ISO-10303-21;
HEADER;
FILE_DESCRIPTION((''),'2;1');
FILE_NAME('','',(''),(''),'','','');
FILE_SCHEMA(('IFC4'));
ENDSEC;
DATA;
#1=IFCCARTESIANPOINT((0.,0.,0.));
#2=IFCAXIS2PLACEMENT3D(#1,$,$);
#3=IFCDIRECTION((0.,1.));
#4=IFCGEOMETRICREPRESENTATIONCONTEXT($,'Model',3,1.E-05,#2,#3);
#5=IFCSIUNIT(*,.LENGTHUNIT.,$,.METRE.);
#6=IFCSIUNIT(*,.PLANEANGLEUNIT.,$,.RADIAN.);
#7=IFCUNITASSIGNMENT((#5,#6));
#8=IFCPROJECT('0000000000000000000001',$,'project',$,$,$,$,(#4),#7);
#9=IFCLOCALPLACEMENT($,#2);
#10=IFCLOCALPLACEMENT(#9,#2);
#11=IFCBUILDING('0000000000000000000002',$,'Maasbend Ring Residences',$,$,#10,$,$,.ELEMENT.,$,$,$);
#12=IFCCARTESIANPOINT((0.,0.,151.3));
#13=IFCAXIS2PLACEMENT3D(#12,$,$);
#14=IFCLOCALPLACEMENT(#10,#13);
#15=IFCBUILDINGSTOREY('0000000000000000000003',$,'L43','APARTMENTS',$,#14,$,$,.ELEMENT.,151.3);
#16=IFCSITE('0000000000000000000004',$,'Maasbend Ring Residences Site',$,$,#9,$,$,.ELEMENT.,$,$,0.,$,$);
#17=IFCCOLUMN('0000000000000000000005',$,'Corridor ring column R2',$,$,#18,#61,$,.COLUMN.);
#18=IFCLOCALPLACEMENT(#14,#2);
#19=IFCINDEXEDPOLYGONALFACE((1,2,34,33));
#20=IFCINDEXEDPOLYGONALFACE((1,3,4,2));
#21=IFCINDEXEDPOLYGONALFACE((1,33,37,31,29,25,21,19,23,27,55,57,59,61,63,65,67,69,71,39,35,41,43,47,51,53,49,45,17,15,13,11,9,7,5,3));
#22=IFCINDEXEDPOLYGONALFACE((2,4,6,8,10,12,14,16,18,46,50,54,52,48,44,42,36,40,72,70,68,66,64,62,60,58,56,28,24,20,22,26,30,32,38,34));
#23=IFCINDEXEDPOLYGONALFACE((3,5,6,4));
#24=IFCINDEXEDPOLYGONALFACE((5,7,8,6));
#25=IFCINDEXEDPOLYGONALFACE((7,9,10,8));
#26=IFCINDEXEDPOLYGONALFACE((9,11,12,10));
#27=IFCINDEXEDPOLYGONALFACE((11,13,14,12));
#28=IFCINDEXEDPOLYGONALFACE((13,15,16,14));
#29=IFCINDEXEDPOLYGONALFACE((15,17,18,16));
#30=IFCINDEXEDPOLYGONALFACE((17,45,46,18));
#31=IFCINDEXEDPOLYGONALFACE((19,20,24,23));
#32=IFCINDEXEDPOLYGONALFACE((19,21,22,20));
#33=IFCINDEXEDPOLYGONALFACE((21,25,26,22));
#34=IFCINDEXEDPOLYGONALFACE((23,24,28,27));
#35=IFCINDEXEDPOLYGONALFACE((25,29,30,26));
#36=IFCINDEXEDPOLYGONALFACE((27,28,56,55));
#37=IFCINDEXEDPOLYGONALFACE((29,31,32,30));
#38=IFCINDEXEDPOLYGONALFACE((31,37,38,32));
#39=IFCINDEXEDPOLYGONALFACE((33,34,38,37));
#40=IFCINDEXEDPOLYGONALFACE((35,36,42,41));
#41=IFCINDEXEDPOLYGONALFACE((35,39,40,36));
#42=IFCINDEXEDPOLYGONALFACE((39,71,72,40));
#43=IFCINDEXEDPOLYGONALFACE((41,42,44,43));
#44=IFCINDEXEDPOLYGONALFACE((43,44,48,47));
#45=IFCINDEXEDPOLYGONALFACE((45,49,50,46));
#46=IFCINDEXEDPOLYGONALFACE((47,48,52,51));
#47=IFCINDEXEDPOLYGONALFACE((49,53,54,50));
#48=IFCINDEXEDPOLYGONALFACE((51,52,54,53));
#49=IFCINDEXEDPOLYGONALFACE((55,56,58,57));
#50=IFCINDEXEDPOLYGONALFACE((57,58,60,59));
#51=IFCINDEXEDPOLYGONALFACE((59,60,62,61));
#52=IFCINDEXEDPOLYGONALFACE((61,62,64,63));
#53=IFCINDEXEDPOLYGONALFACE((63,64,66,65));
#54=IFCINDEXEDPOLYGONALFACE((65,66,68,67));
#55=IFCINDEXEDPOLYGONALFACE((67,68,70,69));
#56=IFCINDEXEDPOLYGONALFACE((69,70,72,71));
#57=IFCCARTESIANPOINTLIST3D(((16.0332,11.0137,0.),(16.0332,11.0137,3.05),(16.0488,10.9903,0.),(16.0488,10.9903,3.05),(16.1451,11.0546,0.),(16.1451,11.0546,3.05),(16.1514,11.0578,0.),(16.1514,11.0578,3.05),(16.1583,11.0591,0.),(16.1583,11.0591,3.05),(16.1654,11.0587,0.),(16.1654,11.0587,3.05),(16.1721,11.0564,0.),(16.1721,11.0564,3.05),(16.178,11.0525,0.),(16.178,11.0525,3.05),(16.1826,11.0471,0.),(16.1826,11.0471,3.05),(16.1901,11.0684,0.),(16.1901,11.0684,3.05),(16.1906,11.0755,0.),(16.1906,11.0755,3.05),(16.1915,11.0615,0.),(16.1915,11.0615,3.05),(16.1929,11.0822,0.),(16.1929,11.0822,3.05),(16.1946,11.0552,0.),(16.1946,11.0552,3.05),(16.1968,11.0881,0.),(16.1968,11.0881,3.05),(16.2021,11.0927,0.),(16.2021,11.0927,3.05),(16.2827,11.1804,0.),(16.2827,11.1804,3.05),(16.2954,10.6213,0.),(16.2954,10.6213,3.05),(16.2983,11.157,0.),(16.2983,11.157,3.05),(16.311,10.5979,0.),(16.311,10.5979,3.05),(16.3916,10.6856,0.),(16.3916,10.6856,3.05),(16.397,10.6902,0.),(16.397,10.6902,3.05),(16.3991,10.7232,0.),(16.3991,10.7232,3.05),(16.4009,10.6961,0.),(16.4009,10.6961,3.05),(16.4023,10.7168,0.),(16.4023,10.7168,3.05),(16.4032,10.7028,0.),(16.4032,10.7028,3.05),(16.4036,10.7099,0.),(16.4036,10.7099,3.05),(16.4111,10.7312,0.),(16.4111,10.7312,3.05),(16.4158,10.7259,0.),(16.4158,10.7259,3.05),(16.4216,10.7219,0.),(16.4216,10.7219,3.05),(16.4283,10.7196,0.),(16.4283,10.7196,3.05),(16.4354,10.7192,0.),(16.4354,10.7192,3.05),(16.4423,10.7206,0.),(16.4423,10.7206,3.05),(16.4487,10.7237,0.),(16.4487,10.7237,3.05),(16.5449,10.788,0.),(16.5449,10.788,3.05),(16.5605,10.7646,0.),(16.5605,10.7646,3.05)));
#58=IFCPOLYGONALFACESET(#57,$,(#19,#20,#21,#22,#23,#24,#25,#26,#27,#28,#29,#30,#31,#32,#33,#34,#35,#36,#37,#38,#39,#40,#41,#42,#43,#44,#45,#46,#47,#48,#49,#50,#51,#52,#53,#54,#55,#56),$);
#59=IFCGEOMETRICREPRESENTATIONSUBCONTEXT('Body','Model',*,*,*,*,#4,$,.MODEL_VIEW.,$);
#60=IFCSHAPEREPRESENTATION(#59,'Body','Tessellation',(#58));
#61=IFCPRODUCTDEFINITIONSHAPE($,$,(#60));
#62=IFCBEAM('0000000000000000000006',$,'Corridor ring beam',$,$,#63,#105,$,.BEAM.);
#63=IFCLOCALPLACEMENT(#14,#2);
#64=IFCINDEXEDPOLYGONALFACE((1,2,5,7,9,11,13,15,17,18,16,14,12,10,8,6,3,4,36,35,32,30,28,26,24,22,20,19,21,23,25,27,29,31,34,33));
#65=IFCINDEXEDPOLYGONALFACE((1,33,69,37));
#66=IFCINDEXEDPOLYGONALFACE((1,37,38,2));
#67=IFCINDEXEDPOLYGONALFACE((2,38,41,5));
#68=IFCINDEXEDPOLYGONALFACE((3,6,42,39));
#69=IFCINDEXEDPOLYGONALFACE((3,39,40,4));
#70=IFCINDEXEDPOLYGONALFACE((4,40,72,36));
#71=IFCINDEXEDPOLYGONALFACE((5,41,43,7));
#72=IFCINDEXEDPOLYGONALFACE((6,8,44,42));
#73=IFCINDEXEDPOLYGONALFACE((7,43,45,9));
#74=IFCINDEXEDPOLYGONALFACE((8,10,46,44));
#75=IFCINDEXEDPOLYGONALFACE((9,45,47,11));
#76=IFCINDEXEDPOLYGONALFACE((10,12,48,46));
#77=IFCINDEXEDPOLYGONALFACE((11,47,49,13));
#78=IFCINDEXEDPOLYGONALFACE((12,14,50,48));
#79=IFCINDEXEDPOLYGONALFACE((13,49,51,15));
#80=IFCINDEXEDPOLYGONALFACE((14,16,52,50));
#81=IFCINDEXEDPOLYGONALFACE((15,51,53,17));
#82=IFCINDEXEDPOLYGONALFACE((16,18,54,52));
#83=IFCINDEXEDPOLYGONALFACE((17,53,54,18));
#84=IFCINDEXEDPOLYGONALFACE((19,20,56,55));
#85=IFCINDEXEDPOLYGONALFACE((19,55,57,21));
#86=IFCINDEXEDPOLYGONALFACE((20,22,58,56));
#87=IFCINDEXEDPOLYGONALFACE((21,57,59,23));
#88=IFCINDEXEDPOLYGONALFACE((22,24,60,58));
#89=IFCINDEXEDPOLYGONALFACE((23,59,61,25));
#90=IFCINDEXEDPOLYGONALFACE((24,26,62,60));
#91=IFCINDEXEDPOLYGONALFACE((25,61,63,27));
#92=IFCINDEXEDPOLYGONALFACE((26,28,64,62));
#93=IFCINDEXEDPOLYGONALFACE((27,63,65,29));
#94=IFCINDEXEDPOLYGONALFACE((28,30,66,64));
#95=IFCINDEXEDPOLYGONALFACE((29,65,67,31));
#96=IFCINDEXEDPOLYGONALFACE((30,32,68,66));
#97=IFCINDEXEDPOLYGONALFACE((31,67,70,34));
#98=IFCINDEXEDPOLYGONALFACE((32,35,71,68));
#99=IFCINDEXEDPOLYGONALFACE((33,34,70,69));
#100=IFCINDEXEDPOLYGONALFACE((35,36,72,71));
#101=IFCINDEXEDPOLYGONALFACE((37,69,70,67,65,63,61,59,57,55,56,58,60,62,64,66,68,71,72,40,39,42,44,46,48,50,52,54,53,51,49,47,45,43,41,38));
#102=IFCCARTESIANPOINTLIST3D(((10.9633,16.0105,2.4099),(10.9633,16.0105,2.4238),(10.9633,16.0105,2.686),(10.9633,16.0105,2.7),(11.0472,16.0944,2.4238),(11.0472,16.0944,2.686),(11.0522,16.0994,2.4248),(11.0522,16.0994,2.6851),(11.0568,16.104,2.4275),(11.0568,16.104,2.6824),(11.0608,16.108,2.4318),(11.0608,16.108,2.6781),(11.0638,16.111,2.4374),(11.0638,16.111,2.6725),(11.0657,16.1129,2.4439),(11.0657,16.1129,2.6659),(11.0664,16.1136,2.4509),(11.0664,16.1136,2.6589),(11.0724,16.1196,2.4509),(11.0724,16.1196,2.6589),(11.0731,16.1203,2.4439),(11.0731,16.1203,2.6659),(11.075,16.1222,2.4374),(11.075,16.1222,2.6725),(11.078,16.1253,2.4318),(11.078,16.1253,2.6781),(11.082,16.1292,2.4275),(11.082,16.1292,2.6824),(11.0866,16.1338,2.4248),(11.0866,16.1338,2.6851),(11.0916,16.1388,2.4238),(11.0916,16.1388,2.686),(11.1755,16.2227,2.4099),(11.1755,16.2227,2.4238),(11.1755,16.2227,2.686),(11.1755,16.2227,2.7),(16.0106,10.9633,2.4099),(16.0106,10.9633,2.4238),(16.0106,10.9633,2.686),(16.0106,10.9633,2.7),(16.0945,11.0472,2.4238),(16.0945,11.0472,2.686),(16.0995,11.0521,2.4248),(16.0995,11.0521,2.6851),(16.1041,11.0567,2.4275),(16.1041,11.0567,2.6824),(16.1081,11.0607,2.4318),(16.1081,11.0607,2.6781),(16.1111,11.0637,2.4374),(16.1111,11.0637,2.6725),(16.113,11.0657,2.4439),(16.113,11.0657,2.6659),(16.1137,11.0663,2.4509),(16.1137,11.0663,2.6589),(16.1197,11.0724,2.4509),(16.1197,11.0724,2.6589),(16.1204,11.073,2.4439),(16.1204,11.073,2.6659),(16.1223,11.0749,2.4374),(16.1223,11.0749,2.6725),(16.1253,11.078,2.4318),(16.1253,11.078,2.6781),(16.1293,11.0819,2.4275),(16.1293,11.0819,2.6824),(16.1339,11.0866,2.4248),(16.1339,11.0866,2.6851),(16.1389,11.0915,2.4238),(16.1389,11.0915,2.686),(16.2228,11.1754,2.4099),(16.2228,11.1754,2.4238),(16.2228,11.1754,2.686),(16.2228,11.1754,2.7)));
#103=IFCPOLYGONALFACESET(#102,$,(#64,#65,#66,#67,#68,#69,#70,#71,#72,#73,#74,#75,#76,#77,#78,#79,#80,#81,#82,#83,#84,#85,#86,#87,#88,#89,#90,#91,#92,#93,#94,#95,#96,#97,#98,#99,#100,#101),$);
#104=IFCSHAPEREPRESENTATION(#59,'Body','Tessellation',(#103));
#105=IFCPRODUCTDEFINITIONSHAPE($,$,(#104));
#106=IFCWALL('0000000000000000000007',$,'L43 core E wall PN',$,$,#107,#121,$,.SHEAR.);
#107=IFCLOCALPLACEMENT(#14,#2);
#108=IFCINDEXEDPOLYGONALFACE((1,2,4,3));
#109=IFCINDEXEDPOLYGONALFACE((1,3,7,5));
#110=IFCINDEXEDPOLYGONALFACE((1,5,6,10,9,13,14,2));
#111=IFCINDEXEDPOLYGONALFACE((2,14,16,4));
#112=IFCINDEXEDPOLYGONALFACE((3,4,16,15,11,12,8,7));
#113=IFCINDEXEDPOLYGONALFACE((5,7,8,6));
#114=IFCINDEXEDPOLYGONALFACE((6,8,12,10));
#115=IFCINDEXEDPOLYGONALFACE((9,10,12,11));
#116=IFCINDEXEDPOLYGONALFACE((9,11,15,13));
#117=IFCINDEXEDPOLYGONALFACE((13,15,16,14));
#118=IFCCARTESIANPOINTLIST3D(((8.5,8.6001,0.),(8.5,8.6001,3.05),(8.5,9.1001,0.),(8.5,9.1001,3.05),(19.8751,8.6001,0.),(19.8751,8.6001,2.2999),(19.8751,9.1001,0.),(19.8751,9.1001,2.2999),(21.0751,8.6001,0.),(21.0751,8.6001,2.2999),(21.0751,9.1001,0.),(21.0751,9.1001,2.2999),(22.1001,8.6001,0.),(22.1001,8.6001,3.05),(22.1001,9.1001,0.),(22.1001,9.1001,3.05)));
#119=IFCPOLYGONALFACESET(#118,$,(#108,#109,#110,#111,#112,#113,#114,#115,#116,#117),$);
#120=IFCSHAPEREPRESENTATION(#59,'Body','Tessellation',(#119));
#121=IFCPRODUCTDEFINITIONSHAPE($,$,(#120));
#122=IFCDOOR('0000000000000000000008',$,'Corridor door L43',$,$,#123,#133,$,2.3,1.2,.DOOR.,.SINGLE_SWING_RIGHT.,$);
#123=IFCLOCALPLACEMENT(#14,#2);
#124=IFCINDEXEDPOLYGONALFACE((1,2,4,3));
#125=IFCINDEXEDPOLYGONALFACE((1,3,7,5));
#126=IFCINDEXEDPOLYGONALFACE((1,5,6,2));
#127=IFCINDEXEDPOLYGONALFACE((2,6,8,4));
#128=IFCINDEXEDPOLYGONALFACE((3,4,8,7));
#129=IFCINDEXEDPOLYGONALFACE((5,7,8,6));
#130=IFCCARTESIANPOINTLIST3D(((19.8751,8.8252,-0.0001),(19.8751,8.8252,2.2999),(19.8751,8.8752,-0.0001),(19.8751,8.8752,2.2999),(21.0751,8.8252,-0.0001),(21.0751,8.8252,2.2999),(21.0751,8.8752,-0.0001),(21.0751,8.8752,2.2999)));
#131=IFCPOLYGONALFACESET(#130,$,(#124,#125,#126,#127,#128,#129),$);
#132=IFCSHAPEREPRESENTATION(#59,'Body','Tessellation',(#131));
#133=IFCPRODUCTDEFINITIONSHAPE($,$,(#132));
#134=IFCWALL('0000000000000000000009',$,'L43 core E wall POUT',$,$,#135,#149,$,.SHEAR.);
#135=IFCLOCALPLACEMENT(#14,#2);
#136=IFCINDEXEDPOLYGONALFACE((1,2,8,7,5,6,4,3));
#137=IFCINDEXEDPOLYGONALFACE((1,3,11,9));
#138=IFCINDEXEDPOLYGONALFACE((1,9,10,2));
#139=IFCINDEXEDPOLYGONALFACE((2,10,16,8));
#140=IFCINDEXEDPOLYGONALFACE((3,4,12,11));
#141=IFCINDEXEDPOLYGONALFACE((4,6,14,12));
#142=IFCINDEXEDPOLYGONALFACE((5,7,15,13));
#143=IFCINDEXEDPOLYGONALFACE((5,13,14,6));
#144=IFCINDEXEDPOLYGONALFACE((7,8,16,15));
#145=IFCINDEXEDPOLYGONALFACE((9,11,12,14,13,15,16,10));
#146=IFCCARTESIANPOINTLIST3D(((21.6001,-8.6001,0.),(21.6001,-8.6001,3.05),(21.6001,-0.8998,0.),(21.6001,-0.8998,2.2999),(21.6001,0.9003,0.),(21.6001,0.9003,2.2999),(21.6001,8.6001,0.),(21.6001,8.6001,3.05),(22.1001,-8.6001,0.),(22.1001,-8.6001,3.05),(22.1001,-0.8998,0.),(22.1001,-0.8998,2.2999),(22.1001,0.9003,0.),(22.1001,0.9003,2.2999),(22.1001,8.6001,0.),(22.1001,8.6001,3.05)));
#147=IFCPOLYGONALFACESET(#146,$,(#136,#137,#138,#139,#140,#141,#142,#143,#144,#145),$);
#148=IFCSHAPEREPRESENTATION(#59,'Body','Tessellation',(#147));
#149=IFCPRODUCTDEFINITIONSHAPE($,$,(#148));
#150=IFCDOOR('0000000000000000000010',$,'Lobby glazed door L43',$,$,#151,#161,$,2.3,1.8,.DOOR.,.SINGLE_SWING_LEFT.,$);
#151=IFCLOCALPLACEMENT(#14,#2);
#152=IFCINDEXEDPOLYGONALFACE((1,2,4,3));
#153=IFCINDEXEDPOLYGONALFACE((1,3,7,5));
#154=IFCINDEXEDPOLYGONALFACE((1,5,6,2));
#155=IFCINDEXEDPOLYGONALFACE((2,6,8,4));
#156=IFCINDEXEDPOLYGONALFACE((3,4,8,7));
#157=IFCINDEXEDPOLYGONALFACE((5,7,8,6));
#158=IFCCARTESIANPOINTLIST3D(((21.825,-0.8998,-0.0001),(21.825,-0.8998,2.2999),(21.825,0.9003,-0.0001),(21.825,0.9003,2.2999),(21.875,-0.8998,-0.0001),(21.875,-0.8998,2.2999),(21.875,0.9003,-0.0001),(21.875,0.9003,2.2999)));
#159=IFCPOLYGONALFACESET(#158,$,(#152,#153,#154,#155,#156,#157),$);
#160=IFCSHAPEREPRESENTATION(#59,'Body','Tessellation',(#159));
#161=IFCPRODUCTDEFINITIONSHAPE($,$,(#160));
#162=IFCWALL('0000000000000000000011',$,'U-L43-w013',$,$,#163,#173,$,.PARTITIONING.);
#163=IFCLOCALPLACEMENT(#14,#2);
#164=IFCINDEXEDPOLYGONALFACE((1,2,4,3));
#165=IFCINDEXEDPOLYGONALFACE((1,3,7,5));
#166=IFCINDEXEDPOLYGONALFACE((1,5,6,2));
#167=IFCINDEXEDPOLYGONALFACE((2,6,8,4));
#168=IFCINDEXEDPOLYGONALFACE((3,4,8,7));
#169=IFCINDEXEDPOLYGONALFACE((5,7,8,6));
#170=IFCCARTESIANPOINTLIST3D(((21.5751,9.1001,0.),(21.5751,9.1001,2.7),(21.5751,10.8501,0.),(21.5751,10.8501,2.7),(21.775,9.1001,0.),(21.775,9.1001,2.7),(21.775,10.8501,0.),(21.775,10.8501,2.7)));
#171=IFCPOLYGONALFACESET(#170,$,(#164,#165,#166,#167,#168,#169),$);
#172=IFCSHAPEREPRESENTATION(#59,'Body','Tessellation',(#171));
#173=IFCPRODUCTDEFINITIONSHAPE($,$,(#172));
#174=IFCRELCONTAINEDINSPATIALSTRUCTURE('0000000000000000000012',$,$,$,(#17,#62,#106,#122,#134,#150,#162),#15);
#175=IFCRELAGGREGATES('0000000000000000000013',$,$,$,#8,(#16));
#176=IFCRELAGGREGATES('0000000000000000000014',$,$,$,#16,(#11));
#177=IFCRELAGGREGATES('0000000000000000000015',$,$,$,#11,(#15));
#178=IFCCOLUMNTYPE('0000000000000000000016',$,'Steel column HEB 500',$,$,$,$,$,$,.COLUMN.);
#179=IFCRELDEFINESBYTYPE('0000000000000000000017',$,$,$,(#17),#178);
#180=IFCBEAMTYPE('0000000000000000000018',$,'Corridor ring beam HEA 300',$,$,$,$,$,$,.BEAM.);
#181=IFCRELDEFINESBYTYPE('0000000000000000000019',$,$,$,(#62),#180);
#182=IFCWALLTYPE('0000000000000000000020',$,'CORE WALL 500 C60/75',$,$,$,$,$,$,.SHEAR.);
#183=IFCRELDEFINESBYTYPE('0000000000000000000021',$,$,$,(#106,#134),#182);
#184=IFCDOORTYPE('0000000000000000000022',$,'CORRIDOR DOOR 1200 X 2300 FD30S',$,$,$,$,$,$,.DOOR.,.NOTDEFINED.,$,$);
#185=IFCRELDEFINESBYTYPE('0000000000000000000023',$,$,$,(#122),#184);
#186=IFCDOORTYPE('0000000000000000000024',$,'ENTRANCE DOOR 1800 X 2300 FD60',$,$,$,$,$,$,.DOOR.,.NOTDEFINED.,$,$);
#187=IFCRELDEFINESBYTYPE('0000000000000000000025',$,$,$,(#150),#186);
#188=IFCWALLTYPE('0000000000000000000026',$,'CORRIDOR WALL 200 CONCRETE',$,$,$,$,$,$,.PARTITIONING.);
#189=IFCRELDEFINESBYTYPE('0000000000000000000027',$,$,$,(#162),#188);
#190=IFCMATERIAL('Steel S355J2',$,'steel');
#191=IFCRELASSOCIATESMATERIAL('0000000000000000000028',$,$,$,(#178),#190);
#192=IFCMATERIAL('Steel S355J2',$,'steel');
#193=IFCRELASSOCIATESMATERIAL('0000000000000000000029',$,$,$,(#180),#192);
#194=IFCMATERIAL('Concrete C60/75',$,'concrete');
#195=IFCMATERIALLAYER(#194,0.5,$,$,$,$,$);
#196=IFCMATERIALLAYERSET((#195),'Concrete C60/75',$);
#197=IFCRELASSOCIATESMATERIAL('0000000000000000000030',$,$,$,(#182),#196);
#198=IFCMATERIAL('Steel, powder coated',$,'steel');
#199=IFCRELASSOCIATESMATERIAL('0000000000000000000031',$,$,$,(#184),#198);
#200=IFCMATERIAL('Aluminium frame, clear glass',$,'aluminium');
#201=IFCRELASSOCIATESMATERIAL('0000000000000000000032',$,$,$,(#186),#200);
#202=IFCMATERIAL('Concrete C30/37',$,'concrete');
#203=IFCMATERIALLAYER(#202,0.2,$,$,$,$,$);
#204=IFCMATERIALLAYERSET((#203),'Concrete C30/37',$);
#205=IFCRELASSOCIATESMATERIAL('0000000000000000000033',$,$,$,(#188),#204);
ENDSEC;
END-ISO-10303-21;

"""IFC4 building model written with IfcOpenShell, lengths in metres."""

from ifc_helpers import new_model, si_unit, direction, frame, frame_2d, origin, origin_2d, place, context, subcontext, project, spatial, rectangle, i_section, extrude, material, layer, layer_set, material_profile, profile_set, type_object, element, fill, save


model = new_model("IFC4")

# Units and contexts
model_context = context("Model", 3, precision=1e-05, world=origin(), true_north=direction((0.0, 1.0)))
body_context = subcontext(model_context, "Body", "Model", "MODEL_VIEW")
ifc_project = project(units=[si_unit("LENGTHUNIT", "METRE"), si_unit("PLANEANGLEUNIT", "RADIAN")], contexts=[model_context])

# Site, building, storey
site_placement = place(None, origin())
site = spatial("IfcSite", under=ifc_project, at=site_placement, Name="Maasbend Ring Residences Site", CompositionType="ELEMENT", RefElevation=0.0)
building_placement = place(site_placement, origin())
building = spatial("IfcBuilding", under=site, at=building_placement, Name="Maasbend Ring Residences", CompositionType="ELEMENT")
storey_placement = place(building_placement, frame((0.0, 0.0, 151.3)))
storey = spatial("IfcBuildingStorey", under=building, at=storey_placement, Name="L43", Description="APARTMENTS", CompositionType="ELEMENT", Elevation=151.3)

# Column
ifc_material_1 = material(Name="Steel S355J2", Category="steel")
ifc_material_profile_1 = material_profile(ifc_material_1, i_section(OverallWidth=0.3, OverallDepth=0.5, WebThickness=0.0144, FlangeThickness=0.0281, FilletRadius=0.0271, at=origin_2d()), Name="HEB 500")
ifc_profile_set_1 = profile_set([ifc_material_profile_1], Name="Steel S355J2")
column_type = type_object("IfcColumnType", Name="Steel column HEB 500", PredefinedType="COLUMN", material=ifc_profile_set_1)
column_placement = place(storey_placement, frame((16.2969, 10.8892, 0.0), z_axis=(0.0, 0.0, 1.0), x_axis=(0.83147, 0.55557, 0.0)))
element("IfcColumn", 1, at=column_placement, inside=storey, type_object=column_type, Name="Corridor ring column R2", PredefinedType="COLUMN", context=body_context, shape_type="SweptSolid", body=[
    extrude(i_section(OverallWidth=0.3, OverallDepth=0.5, WebThickness=0.0144, FlangeThickness=0.0281, FilletRadius=0.0271, at=origin_2d()), origin(), (0.0, 0.0, 1.0), 3.05),
])

# Beam
ifc_material_2 = material(Name="Steel S355J2", Category="steel")
ifc_material_profile_2 = material_profile(ifc_material_2, i_section(OverallWidth=0.3, OverallDepth=0.29, WebThickness=0.0085, FlangeThickness=0.0139, FilletRadius=0.0271, at=origin_2d()), Name="HEA 300")
ifc_profile_set_2 = profile_set([ifc_material_profile_2], Name="Steel S355J2")
beam_type = type_object("IfcBeamType", Name="Corridor ring beam HEA 300", PredefinedType="BEAM", material=ifc_profile_set_2)
beam_placement = place(storey_placement, frame((16.1167, 11.0693, 2.5549), z_axis=(-0.707107, 0.707107, 0.0), x_axis=(-0.707107, -0.707107, 0.0)))
element("IfcBeam", 2, at=beam_placement, inside=storey, type_object=beam_type, Name="Corridor ring beam", PredefinedType="BEAM", context=body_context, shape_type="SweptSolid", body=[
    extrude(i_section(OverallWidth=0.3, OverallDepth=0.29, WebThickness=0.0085, FlangeThickness=0.0139, FilletRadius=0.0271, at=origin_2d()), origin(), (0.0, 0.0, 1.0), 7.1379),
])

# Walls, openings, doors
ifc_material_3 = material(Name="Concrete C60/75", Category="concrete")
ifc_layer_1 = layer(ifc_material_3, 0.5)
ifc_layer_set_1 = layer_set([ifc_layer_1], Name="Concrete C60/75")
wall_type_1 = type_object("IfcWallType", Name="CORE WALL 500 C60/75", PredefinedType="SHEAR", material=ifc_layer_set_1)
wall_1_placement = place(storey_placement, frame((22.1001, 8.8501, 0.0), z_axis=(0.0, 0.0, 1.0), x_axis=(-1.0, 0.0, 0.0)))
wall_1 = element("IfcWall", 3, at=wall_1_placement, inside=storey, type_object=wall_type_1, Name="L43 core E wall PN", PredefinedType="SHEAR", context=body_context, shape_type="SweptSolid", body=[
    extrude(rectangle(XDim=13.6001, YDim=0.5, at=frame_2d((6.8, 0.0))), origin(), (0.0, 0.0, 1.0), 3.05),
])
opening_1_placement = place(wall_1_placement, frame((1.0249, 0.0, 0.0)))
opening_1 = element("IfcOpeningElement", 4, at=opening_1_placement, cuts=wall_1, PredefinedType="OPENING", context=body_context, shape_type="SweptSolid", body=[
    extrude(rectangle(XDim=1.2, YDim=2.3, at=frame_2d((0.6001, 1.1499))), frame((0.0, 0.26, 0.0), z_axis=(0.0, -1.0, 0.0), x_axis=(1.0, 0.0, 0.0)), (0.0, 0.0, 1.0), 0.52),
])
ifc_material_4 = material(Name="Steel, powder coated", Category="steel")
door_type_1 = type_object("IfcDoorType", Name="CORRIDOR DOOR 1200 X 2300 FD30S", OperationType="NOTDEFINED", PredefinedType="DOOR", material=ifc_material_4)
door_1_placement = place(opening_1_placement, origin())
door_1 = element("IfcDoor", 5, at=door_1_placement, inside=storey, type_object=door_type_1, Name="Corridor door L43", OperationType="SINGLE_SWING_RIGHT", OverallHeight=2.3, OverallWidth=1.2, PredefinedType="DOOR", context=body_context, shape_type="SweptSolid", body=[
    extrude(rectangle(XDim=1.2, YDim=2.3, at=frame_2d((0.6001, 1.1499))), frame((0.0, 0.0249, 0.0), z_axis=(0.0, -1.0, 0.0), x_axis=(1.0, 0.0, 0.0)), (0.0, 0.0, 1.0), 0.05),
])
fill(opening_1, door_1)
wall_2_placement = place(storey_placement, frame((21.8501, 8.6001, 0.0), z_axis=(0.0, 0.0, 1.0), x_axis=(0.0, -1.0, 0.0)))
wall_2 = element("IfcWall", 6, at=wall_2_placement, inside=storey, type_object=wall_type_1, Name="L43 core E wall POUT", PredefinedType="SHEAR", context=body_context, shape_type="SweptSolid", body=[
    extrude(rectangle(XDim=17.2002, YDim=0.5, at=frame_2d((8.6001, 0.0))), origin(), (0.0, 0.0, 1.0), 3.05),
])
opening_2_placement = place(wall_2_placement, frame((7.7, 0.0, 0.0)))
opening_2 = element("IfcOpeningElement", 7, at=opening_2_placement, cuts=wall_2, PredefinedType="OPENING", context=body_context, shape_type="SweptSolid", body=[
    extrude(rectangle(XDim=1.8, YDim=2.3, at=frame_2d((0.8999, 1.1499))), frame((0.0, 0.26, 0.0), z_axis=(0.0, -1.0, 0.0), x_axis=(1.0, 0.0, 0.0)), (0.0, 0.0, 1.0), 0.52),
])
ifc_material_5 = material(Name="Aluminium frame, clear glass", Category="aluminium")
door_type_2 = type_object("IfcDoorType", Name="ENTRANCE DOOR 1800 X 2300 FD60", OperationType="NOTDEFINED", PredefinedType="DOOR", material=ifc_material_5)
door_2_placement = place(opening_2_placement, origin())
door_2 = element("IfcDoor", 8, at=door_2_placement, inside=storey, type_object=door_type_2, Name="Lobby glazed door L43", OperationType="SINGLE_SWING_LEFT", OverallHeight=2.3, OverallWidth=1.8, PredefinedType="DOOR", context=body_context, shape_type="SweptSolid", body=[
    extrude(rectangle(XDim=1.8, YDim=2.3, at=frame_2d((0.8999, 1.1499))), frame((0.0, 0.0249, 0.0), z_axis=(0.0, -1.0, 0.0), x_axis=(1.0, 0.0, 0.0)), (0.0, 0.0, 1.0), 0.05),
])
fill(opening_2, door_2)

# Wall
ifc_material_6 = material(Name="Concrete C30/37", Category="concrete")
ifc_layer_2 = layer(ifc_material_6, 0.2)
ifc_layer_set_2 = layer_set([ifc_layer_2], Name="Concrete C30/37")
wall_type_2 = type_object("IfcWallType", Name="CORRIDOR WALL 200 CONCRETE", PredefinedType="PARTITIONING", material=ifc_layer_set_2)
wall_3_placement = place(storey_placement, frame((21.675, 9.1001, 0.0), z_axis=(0.0, 0.0, 1.0), x_axis=(0.0, 1.0, 0.0)))
element("IfcWall", 9, at=wall_3_placement, inside=storey, type_object=wall_type_2, Name="U-L43-w013", PredefinedType="PARTITIONING", context=body_context, shape_type="SweptSolid", body=[
    extrude(rectangle(XDim=1.75, YDim=0.2, at=frame_2d((0.875, 0.0))), origin(), (0.0, 0.0, 1.0), 2.7),
])

save(model, "model.ifc")
